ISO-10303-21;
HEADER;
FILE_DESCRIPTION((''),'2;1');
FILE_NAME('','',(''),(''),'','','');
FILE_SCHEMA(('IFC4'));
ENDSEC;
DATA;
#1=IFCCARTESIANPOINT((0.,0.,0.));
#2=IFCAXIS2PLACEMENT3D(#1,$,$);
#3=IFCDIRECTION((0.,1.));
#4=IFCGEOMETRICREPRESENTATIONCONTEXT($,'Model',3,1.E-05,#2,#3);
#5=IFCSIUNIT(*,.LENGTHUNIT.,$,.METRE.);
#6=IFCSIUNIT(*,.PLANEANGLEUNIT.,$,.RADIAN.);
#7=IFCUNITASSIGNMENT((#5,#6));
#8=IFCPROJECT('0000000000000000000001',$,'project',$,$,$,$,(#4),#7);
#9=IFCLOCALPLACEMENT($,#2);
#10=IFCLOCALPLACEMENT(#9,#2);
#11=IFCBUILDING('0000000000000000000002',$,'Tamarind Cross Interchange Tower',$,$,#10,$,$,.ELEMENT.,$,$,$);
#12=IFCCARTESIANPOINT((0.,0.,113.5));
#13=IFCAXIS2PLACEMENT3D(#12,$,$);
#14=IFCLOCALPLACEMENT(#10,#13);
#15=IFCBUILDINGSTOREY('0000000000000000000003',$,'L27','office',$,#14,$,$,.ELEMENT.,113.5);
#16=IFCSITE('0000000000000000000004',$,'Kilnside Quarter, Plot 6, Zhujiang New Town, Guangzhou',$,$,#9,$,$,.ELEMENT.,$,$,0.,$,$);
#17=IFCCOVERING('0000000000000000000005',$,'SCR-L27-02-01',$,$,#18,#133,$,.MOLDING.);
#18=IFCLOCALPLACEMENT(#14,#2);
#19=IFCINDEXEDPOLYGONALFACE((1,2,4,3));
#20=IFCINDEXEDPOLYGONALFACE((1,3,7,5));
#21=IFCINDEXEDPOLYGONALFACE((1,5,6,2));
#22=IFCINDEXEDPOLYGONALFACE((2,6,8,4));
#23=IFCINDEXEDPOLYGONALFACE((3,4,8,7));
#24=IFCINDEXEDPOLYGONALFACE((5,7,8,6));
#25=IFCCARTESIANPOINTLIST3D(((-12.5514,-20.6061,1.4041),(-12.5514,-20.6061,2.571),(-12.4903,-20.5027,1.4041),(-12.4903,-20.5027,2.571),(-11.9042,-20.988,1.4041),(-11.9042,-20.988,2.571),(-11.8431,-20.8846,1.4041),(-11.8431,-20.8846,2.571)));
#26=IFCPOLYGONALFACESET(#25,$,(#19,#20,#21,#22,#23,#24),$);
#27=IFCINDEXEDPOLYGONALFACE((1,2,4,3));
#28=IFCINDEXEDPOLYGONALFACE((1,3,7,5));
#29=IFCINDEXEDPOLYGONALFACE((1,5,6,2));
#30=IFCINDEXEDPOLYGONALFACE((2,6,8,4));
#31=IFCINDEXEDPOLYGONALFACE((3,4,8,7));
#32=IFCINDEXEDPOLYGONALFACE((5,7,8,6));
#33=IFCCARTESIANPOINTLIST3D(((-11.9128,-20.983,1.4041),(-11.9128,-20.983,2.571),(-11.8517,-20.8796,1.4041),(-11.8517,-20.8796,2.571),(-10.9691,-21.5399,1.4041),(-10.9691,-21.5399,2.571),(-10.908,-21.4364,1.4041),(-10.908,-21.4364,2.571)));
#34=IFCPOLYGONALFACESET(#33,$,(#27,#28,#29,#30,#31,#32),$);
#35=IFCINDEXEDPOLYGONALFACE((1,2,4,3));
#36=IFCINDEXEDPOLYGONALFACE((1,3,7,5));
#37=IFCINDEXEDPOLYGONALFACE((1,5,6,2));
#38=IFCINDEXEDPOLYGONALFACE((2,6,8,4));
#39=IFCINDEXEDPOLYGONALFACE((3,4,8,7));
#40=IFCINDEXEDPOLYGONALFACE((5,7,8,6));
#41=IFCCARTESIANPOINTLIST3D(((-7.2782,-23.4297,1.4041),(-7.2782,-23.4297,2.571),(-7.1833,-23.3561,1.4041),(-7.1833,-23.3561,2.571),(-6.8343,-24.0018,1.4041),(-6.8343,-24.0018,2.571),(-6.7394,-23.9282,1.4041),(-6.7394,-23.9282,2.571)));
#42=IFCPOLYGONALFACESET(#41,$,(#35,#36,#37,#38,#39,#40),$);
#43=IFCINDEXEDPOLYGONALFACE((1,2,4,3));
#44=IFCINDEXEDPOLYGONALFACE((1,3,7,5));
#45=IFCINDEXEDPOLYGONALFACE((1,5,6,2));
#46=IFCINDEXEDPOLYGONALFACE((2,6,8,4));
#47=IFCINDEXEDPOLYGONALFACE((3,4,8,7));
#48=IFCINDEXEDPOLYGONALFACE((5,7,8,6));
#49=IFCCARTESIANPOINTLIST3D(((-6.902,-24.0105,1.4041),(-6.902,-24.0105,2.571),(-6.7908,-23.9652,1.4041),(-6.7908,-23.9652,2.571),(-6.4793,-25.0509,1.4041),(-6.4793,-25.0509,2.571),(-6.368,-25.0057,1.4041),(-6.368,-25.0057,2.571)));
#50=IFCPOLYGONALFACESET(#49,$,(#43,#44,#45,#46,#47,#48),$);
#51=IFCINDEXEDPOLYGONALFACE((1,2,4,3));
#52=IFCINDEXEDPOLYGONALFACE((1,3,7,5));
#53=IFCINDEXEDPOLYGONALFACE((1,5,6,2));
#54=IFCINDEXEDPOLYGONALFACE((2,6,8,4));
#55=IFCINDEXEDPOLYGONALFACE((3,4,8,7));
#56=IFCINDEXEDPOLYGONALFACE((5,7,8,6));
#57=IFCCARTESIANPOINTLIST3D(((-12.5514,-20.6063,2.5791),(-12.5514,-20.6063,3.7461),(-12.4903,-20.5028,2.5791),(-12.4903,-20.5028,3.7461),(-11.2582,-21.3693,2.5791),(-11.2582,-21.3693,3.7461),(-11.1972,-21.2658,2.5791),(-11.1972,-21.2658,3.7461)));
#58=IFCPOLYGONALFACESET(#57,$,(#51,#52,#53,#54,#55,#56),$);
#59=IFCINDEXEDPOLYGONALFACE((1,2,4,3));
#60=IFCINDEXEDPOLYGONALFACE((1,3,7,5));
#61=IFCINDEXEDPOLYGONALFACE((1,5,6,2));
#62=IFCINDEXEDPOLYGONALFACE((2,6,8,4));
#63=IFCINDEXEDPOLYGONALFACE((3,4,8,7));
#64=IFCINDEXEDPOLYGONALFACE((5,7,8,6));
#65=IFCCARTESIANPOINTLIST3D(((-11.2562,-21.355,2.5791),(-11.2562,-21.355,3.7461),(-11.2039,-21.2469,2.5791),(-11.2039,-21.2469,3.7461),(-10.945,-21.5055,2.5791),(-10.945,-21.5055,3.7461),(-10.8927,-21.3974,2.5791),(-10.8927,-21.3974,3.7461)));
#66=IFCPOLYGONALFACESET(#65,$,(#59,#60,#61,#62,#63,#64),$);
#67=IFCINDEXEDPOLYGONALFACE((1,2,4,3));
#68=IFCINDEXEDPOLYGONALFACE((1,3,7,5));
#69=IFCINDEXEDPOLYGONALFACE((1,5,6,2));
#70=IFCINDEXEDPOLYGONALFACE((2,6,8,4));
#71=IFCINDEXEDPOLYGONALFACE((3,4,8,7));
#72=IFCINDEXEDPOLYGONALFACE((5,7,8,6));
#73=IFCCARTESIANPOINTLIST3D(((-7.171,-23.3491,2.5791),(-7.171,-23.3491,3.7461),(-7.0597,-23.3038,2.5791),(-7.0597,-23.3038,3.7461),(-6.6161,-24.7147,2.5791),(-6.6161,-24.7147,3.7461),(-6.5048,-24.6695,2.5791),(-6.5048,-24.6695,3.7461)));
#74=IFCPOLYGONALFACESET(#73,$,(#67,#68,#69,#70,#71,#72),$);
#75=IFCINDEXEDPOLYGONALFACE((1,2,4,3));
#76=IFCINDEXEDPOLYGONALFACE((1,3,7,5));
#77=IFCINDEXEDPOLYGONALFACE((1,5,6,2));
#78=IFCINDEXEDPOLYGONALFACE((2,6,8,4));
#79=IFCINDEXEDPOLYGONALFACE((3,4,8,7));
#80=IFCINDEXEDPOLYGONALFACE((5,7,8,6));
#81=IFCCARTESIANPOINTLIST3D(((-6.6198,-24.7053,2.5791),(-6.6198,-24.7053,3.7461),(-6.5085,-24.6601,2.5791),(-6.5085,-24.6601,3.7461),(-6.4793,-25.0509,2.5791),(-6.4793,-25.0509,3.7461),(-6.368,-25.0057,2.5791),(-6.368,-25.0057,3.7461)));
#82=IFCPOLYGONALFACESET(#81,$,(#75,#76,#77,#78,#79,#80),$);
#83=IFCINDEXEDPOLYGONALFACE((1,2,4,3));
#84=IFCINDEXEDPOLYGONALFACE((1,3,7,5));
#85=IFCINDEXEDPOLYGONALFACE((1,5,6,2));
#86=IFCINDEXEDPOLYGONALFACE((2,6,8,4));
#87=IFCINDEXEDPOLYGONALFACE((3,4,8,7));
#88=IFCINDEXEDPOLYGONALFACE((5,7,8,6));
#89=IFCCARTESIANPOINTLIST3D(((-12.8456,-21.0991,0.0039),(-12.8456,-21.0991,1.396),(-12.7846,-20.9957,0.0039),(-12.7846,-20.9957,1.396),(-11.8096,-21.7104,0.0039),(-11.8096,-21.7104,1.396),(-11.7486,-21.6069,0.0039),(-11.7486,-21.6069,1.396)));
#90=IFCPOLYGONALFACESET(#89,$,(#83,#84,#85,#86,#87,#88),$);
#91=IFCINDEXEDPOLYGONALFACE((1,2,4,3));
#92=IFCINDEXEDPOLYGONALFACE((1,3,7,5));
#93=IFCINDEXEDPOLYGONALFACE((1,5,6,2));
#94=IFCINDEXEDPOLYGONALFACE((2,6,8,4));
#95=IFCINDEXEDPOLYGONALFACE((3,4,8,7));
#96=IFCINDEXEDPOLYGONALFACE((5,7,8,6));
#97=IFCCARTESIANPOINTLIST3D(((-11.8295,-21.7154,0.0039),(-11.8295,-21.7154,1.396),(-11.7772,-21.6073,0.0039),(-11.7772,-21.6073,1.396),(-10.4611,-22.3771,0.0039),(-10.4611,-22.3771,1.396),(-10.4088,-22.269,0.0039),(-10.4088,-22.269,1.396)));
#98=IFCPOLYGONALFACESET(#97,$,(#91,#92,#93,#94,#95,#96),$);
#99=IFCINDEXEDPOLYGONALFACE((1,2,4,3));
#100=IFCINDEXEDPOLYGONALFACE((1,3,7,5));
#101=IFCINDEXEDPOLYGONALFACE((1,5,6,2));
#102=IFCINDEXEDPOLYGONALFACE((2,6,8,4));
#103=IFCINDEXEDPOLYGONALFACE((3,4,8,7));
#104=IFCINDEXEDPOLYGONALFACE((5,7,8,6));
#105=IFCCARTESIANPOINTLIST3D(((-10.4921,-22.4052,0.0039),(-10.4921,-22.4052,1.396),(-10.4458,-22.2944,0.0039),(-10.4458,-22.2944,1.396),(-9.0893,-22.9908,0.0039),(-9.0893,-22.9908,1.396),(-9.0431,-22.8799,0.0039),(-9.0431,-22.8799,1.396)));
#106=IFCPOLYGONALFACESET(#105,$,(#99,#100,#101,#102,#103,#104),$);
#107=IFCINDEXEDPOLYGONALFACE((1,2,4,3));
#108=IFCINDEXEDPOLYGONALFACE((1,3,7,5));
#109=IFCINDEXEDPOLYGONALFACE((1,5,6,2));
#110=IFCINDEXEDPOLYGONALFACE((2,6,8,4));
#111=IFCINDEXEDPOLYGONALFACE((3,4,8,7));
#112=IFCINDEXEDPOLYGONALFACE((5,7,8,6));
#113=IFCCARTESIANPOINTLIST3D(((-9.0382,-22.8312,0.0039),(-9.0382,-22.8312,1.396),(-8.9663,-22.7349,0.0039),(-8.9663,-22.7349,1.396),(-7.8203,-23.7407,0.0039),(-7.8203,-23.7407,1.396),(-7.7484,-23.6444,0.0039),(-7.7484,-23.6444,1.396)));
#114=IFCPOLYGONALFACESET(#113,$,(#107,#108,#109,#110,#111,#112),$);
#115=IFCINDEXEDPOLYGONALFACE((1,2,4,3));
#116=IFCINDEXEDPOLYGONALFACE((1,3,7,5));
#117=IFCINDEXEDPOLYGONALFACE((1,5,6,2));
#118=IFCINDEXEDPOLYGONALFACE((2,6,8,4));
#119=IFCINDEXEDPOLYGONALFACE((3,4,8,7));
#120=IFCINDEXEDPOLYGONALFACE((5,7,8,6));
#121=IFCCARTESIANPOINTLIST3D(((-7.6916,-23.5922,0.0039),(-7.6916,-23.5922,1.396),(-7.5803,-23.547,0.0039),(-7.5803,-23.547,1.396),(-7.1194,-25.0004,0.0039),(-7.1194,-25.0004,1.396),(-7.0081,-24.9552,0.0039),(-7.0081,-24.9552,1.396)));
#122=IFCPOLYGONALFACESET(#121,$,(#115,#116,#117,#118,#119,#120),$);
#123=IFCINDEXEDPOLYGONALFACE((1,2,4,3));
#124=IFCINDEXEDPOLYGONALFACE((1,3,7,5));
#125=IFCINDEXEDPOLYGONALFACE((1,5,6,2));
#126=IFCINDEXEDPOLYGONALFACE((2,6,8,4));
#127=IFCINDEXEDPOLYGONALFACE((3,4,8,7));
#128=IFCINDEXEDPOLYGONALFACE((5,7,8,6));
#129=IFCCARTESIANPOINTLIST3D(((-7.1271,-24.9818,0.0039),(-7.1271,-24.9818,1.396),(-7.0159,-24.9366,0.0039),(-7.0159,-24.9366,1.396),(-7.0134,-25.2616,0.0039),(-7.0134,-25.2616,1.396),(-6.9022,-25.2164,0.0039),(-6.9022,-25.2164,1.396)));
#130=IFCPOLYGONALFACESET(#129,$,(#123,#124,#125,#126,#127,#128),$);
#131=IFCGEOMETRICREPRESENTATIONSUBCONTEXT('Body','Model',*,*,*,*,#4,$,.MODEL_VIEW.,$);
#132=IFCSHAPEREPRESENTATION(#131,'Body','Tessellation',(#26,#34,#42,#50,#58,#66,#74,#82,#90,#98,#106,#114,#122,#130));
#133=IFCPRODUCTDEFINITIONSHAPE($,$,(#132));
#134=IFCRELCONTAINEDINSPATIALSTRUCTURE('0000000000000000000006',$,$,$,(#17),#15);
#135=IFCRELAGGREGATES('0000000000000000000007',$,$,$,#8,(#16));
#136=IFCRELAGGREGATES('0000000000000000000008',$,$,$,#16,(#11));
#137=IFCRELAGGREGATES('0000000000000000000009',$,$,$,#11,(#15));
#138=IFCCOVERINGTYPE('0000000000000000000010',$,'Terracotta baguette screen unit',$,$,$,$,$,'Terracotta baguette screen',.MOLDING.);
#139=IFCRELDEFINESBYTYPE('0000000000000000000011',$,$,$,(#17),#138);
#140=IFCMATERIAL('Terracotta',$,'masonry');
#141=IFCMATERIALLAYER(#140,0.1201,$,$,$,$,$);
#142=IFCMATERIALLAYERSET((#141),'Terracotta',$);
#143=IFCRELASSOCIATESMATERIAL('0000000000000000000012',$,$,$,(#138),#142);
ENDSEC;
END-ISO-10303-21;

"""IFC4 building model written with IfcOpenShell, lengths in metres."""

from ifc_helpers import new_model, si_unit, direction, frame, origin, origin_2d, place, context, subcontext, project, spatial, rectangle, extrude, material, layer, layer_set, type_object, element, save


model = new_model("IFC4")

# Units and contexts
model_context = context("Model", 3, precision=1e-05, world=origin(), true_north=direction((0.0, 1.0)))
body_context = subcontext(model_context, "Body", "Model", "MODEL_VIEW")
ifc_project = project(units=[si_unit("LENGTHUNIT", "METRE"), si_unit("PLANEANGLEUNIT", "RADIAN")], contexts=[model_context])

# Site, building, storey
site_placement = place(None, origin())
site = spatial("IfcSite", under=ifc_project, at=site_placement, Name="Kilnside Quarter, Plot 6, Zhujiang New Town, Guangzhou", CompositionType="ELEMENT", RefElevation=0.0)
building_placement = place(site_placement, origin())
building = spatial("IfcBuilding", under=site, at=building_placement, Name="Tamarind Cross Interchange Tower", CompositionType="ELEMENT")
storey_placement = place(building_placement, frame((0.0, 0.0, 113.5)))
storey = spatial("IfcBuildingStorey", under=building, at=storey_placement, Name="L27", Description="office", CompositionType="ELEMENT", Elevation=113.5)

# Covering
ifc_material_1 = material(Name="Terracotta", Category="masonry")
ifc_layer_1 = layer(ifc_material_1, 0.1201)
ifc_layer_set_1 = layer_set([ifc_layer_1], Name="Terracotta")
covering_type = type_object("IfcCoveringType", Name="Terracotta baguette screen unit", ElementType="Terracotta baguette screen", PredefinedType="MOLDING", material=ifc_layer_set_1)
covering_1_placement = place(storey_placement, origin())
element("IfcCovering", 1, at=covering_1_placement, inside=storey, type_object=covering_type, Name="SCR-L27-02-01", PredefinedType="MOLDING", context=body_context, shape_type="SweptSolid", body=[
    extrude(rectangle(XDim=0.7515, YDim=0.1201, at=origin_2d()), frame((-12.1973, -20.7454, 1.4041), z_axis=(0.0, 0.0, 1.0), x_axis=(0.861249, -0.508183, 0.0)), (0.0, 0.0, 1.0), 1.167),
    extrude(rectangle(XDim=1.0957, YDim=0.1201, at=origin_2d()), frame((-11.4104, -21.2097, 1.4041), z_axis=(0.0, 0.0, 1.0), x_axis=(0.861249, -0.508183, 0.0)), (0.0, 0.0, 1.0), 1.167),
    extrude(rectangle(XDim=0.7241, YDim=0.1201, at=origin_2d()), frame((-7.0088, -23.679, 1.4041), z_axis=(0.0, 0.0, 1.0), x_axis=(0.613079, -0.790021, 0.0)), (0.0, 0.0, 1.0), 1.167),
    extrude(rectangle(XDim=1.123, YDim=0.1201, at=origin_2d()), frame((-6.635, -24.5081, 1.4041), z_axis=(0.0, 0.0, 1.0), x_axis=(0.376468, -0.92643, 0.0)), (0.0, 0.0, 1.0), 1.167),
    extrude(rectangle(XDim=1.5015, YDim=0.1201, at=origin_2d()), frame((-11.8743, -20.936, 2.5791), z_axis=(0.0, 0.0, 1.0), x_axis=(0.861249, -0.508183, 0.0)), (0.0, 0.0, 1.0), 1.167),
    extrude(rectangle(XDim=0.3457, YDim=0.1201, at=origin_2d()), frame((-11.0745, -21.3762, 2.5791), z_axis=(0.0, 0.0, 1.0), x_axis=(0.900273, -0.435326, 0.0)), (0.0, 0.0, 1.0), 1.167),
    extrude(rectangle(XDim=1.4741, YDim=0.1201, at=origin_2d()), frame((-6.8379, -24.0093, 2.5791), z_axis=(0.0, 0.0, 1.0), x_axis=(0.376468, -0.92643, 0.0)), (0.0, 0.0, 1.0), 1.167),
    extrude(rectangle(XDim=0.373, YDim=0.1201, at=origin_2d()), frame((-6.4939, -24.8555, 2.5791), z_axis=(0.0, 0.0, 1.0), x_axis=(0.376468, -0.92643, 0.0)), (0.0, 0.0, 1.0), 1.167),
    extrude(rectangle(XDim=1.2029, YDim=0.1201, at=origin_2d()), frame((-12.2971, -21.353, 0.0039), z_axis=(0.0, 0.0, 1.0), x_axis=(0.861249, -0.508183, 0.0)), (0.0, 0.0, 1.0), 1.3921),
    extrude(rectangle(XDim=1.52, YDim=0.1201, at=origin_2d()), frame((-11.1191, -21.9922, 0.0039), z_axis=(0.0, 0.0, 1.0), x_axis=(0.900273, -0.435326, 0.0)), (0.0, 0.0, 1.0), 1.3921),
    extrude(rectangle(XDim=1.52, YDim=0.1201, at=origin_2d()), frame((-9.7676, -22.6426, 0.0039), z_axis=(0.0, 0.0, 1.0), x_axis=(0.922835, -0.385196, 0.0)), (0.0, 0.0, 1.0), 1.3921),
    extrude(rectangle(XDim=1.52, YDim=0.1201, at=origin_2d()), frame((-8.3933, -23.2378, 0.0039), z_axis=(0.0, 0.0, 1.0), x_axis=(0.801237, -0.598348, 0.0)), (0.0, 0.0, 1.0), 1.3921),
    extrude(rectangle(XDim=1.52, YDim=0.1201, at=origin_2d()), frame((-7.3499, -24.2737, 0.0039), z_axis=(0.0, 0.0, 1.0), x_axis=(0.376468, -0.92643, 0.0)), (0.0, 0.0, 1.0), 1.3921),
    extrude(rectangle(XDim=0.302, YDim=0.1201, at=origin_2d()), frame((-7.0146, -25.0991, 0.0039), z_axis=(0.0, 0.0, 1.0), x_axis=(0.376468, -0.92643, 0.0)), (0.0, 0.0, 1.0), 1.3921),
])

save(model, "model.ifc")
